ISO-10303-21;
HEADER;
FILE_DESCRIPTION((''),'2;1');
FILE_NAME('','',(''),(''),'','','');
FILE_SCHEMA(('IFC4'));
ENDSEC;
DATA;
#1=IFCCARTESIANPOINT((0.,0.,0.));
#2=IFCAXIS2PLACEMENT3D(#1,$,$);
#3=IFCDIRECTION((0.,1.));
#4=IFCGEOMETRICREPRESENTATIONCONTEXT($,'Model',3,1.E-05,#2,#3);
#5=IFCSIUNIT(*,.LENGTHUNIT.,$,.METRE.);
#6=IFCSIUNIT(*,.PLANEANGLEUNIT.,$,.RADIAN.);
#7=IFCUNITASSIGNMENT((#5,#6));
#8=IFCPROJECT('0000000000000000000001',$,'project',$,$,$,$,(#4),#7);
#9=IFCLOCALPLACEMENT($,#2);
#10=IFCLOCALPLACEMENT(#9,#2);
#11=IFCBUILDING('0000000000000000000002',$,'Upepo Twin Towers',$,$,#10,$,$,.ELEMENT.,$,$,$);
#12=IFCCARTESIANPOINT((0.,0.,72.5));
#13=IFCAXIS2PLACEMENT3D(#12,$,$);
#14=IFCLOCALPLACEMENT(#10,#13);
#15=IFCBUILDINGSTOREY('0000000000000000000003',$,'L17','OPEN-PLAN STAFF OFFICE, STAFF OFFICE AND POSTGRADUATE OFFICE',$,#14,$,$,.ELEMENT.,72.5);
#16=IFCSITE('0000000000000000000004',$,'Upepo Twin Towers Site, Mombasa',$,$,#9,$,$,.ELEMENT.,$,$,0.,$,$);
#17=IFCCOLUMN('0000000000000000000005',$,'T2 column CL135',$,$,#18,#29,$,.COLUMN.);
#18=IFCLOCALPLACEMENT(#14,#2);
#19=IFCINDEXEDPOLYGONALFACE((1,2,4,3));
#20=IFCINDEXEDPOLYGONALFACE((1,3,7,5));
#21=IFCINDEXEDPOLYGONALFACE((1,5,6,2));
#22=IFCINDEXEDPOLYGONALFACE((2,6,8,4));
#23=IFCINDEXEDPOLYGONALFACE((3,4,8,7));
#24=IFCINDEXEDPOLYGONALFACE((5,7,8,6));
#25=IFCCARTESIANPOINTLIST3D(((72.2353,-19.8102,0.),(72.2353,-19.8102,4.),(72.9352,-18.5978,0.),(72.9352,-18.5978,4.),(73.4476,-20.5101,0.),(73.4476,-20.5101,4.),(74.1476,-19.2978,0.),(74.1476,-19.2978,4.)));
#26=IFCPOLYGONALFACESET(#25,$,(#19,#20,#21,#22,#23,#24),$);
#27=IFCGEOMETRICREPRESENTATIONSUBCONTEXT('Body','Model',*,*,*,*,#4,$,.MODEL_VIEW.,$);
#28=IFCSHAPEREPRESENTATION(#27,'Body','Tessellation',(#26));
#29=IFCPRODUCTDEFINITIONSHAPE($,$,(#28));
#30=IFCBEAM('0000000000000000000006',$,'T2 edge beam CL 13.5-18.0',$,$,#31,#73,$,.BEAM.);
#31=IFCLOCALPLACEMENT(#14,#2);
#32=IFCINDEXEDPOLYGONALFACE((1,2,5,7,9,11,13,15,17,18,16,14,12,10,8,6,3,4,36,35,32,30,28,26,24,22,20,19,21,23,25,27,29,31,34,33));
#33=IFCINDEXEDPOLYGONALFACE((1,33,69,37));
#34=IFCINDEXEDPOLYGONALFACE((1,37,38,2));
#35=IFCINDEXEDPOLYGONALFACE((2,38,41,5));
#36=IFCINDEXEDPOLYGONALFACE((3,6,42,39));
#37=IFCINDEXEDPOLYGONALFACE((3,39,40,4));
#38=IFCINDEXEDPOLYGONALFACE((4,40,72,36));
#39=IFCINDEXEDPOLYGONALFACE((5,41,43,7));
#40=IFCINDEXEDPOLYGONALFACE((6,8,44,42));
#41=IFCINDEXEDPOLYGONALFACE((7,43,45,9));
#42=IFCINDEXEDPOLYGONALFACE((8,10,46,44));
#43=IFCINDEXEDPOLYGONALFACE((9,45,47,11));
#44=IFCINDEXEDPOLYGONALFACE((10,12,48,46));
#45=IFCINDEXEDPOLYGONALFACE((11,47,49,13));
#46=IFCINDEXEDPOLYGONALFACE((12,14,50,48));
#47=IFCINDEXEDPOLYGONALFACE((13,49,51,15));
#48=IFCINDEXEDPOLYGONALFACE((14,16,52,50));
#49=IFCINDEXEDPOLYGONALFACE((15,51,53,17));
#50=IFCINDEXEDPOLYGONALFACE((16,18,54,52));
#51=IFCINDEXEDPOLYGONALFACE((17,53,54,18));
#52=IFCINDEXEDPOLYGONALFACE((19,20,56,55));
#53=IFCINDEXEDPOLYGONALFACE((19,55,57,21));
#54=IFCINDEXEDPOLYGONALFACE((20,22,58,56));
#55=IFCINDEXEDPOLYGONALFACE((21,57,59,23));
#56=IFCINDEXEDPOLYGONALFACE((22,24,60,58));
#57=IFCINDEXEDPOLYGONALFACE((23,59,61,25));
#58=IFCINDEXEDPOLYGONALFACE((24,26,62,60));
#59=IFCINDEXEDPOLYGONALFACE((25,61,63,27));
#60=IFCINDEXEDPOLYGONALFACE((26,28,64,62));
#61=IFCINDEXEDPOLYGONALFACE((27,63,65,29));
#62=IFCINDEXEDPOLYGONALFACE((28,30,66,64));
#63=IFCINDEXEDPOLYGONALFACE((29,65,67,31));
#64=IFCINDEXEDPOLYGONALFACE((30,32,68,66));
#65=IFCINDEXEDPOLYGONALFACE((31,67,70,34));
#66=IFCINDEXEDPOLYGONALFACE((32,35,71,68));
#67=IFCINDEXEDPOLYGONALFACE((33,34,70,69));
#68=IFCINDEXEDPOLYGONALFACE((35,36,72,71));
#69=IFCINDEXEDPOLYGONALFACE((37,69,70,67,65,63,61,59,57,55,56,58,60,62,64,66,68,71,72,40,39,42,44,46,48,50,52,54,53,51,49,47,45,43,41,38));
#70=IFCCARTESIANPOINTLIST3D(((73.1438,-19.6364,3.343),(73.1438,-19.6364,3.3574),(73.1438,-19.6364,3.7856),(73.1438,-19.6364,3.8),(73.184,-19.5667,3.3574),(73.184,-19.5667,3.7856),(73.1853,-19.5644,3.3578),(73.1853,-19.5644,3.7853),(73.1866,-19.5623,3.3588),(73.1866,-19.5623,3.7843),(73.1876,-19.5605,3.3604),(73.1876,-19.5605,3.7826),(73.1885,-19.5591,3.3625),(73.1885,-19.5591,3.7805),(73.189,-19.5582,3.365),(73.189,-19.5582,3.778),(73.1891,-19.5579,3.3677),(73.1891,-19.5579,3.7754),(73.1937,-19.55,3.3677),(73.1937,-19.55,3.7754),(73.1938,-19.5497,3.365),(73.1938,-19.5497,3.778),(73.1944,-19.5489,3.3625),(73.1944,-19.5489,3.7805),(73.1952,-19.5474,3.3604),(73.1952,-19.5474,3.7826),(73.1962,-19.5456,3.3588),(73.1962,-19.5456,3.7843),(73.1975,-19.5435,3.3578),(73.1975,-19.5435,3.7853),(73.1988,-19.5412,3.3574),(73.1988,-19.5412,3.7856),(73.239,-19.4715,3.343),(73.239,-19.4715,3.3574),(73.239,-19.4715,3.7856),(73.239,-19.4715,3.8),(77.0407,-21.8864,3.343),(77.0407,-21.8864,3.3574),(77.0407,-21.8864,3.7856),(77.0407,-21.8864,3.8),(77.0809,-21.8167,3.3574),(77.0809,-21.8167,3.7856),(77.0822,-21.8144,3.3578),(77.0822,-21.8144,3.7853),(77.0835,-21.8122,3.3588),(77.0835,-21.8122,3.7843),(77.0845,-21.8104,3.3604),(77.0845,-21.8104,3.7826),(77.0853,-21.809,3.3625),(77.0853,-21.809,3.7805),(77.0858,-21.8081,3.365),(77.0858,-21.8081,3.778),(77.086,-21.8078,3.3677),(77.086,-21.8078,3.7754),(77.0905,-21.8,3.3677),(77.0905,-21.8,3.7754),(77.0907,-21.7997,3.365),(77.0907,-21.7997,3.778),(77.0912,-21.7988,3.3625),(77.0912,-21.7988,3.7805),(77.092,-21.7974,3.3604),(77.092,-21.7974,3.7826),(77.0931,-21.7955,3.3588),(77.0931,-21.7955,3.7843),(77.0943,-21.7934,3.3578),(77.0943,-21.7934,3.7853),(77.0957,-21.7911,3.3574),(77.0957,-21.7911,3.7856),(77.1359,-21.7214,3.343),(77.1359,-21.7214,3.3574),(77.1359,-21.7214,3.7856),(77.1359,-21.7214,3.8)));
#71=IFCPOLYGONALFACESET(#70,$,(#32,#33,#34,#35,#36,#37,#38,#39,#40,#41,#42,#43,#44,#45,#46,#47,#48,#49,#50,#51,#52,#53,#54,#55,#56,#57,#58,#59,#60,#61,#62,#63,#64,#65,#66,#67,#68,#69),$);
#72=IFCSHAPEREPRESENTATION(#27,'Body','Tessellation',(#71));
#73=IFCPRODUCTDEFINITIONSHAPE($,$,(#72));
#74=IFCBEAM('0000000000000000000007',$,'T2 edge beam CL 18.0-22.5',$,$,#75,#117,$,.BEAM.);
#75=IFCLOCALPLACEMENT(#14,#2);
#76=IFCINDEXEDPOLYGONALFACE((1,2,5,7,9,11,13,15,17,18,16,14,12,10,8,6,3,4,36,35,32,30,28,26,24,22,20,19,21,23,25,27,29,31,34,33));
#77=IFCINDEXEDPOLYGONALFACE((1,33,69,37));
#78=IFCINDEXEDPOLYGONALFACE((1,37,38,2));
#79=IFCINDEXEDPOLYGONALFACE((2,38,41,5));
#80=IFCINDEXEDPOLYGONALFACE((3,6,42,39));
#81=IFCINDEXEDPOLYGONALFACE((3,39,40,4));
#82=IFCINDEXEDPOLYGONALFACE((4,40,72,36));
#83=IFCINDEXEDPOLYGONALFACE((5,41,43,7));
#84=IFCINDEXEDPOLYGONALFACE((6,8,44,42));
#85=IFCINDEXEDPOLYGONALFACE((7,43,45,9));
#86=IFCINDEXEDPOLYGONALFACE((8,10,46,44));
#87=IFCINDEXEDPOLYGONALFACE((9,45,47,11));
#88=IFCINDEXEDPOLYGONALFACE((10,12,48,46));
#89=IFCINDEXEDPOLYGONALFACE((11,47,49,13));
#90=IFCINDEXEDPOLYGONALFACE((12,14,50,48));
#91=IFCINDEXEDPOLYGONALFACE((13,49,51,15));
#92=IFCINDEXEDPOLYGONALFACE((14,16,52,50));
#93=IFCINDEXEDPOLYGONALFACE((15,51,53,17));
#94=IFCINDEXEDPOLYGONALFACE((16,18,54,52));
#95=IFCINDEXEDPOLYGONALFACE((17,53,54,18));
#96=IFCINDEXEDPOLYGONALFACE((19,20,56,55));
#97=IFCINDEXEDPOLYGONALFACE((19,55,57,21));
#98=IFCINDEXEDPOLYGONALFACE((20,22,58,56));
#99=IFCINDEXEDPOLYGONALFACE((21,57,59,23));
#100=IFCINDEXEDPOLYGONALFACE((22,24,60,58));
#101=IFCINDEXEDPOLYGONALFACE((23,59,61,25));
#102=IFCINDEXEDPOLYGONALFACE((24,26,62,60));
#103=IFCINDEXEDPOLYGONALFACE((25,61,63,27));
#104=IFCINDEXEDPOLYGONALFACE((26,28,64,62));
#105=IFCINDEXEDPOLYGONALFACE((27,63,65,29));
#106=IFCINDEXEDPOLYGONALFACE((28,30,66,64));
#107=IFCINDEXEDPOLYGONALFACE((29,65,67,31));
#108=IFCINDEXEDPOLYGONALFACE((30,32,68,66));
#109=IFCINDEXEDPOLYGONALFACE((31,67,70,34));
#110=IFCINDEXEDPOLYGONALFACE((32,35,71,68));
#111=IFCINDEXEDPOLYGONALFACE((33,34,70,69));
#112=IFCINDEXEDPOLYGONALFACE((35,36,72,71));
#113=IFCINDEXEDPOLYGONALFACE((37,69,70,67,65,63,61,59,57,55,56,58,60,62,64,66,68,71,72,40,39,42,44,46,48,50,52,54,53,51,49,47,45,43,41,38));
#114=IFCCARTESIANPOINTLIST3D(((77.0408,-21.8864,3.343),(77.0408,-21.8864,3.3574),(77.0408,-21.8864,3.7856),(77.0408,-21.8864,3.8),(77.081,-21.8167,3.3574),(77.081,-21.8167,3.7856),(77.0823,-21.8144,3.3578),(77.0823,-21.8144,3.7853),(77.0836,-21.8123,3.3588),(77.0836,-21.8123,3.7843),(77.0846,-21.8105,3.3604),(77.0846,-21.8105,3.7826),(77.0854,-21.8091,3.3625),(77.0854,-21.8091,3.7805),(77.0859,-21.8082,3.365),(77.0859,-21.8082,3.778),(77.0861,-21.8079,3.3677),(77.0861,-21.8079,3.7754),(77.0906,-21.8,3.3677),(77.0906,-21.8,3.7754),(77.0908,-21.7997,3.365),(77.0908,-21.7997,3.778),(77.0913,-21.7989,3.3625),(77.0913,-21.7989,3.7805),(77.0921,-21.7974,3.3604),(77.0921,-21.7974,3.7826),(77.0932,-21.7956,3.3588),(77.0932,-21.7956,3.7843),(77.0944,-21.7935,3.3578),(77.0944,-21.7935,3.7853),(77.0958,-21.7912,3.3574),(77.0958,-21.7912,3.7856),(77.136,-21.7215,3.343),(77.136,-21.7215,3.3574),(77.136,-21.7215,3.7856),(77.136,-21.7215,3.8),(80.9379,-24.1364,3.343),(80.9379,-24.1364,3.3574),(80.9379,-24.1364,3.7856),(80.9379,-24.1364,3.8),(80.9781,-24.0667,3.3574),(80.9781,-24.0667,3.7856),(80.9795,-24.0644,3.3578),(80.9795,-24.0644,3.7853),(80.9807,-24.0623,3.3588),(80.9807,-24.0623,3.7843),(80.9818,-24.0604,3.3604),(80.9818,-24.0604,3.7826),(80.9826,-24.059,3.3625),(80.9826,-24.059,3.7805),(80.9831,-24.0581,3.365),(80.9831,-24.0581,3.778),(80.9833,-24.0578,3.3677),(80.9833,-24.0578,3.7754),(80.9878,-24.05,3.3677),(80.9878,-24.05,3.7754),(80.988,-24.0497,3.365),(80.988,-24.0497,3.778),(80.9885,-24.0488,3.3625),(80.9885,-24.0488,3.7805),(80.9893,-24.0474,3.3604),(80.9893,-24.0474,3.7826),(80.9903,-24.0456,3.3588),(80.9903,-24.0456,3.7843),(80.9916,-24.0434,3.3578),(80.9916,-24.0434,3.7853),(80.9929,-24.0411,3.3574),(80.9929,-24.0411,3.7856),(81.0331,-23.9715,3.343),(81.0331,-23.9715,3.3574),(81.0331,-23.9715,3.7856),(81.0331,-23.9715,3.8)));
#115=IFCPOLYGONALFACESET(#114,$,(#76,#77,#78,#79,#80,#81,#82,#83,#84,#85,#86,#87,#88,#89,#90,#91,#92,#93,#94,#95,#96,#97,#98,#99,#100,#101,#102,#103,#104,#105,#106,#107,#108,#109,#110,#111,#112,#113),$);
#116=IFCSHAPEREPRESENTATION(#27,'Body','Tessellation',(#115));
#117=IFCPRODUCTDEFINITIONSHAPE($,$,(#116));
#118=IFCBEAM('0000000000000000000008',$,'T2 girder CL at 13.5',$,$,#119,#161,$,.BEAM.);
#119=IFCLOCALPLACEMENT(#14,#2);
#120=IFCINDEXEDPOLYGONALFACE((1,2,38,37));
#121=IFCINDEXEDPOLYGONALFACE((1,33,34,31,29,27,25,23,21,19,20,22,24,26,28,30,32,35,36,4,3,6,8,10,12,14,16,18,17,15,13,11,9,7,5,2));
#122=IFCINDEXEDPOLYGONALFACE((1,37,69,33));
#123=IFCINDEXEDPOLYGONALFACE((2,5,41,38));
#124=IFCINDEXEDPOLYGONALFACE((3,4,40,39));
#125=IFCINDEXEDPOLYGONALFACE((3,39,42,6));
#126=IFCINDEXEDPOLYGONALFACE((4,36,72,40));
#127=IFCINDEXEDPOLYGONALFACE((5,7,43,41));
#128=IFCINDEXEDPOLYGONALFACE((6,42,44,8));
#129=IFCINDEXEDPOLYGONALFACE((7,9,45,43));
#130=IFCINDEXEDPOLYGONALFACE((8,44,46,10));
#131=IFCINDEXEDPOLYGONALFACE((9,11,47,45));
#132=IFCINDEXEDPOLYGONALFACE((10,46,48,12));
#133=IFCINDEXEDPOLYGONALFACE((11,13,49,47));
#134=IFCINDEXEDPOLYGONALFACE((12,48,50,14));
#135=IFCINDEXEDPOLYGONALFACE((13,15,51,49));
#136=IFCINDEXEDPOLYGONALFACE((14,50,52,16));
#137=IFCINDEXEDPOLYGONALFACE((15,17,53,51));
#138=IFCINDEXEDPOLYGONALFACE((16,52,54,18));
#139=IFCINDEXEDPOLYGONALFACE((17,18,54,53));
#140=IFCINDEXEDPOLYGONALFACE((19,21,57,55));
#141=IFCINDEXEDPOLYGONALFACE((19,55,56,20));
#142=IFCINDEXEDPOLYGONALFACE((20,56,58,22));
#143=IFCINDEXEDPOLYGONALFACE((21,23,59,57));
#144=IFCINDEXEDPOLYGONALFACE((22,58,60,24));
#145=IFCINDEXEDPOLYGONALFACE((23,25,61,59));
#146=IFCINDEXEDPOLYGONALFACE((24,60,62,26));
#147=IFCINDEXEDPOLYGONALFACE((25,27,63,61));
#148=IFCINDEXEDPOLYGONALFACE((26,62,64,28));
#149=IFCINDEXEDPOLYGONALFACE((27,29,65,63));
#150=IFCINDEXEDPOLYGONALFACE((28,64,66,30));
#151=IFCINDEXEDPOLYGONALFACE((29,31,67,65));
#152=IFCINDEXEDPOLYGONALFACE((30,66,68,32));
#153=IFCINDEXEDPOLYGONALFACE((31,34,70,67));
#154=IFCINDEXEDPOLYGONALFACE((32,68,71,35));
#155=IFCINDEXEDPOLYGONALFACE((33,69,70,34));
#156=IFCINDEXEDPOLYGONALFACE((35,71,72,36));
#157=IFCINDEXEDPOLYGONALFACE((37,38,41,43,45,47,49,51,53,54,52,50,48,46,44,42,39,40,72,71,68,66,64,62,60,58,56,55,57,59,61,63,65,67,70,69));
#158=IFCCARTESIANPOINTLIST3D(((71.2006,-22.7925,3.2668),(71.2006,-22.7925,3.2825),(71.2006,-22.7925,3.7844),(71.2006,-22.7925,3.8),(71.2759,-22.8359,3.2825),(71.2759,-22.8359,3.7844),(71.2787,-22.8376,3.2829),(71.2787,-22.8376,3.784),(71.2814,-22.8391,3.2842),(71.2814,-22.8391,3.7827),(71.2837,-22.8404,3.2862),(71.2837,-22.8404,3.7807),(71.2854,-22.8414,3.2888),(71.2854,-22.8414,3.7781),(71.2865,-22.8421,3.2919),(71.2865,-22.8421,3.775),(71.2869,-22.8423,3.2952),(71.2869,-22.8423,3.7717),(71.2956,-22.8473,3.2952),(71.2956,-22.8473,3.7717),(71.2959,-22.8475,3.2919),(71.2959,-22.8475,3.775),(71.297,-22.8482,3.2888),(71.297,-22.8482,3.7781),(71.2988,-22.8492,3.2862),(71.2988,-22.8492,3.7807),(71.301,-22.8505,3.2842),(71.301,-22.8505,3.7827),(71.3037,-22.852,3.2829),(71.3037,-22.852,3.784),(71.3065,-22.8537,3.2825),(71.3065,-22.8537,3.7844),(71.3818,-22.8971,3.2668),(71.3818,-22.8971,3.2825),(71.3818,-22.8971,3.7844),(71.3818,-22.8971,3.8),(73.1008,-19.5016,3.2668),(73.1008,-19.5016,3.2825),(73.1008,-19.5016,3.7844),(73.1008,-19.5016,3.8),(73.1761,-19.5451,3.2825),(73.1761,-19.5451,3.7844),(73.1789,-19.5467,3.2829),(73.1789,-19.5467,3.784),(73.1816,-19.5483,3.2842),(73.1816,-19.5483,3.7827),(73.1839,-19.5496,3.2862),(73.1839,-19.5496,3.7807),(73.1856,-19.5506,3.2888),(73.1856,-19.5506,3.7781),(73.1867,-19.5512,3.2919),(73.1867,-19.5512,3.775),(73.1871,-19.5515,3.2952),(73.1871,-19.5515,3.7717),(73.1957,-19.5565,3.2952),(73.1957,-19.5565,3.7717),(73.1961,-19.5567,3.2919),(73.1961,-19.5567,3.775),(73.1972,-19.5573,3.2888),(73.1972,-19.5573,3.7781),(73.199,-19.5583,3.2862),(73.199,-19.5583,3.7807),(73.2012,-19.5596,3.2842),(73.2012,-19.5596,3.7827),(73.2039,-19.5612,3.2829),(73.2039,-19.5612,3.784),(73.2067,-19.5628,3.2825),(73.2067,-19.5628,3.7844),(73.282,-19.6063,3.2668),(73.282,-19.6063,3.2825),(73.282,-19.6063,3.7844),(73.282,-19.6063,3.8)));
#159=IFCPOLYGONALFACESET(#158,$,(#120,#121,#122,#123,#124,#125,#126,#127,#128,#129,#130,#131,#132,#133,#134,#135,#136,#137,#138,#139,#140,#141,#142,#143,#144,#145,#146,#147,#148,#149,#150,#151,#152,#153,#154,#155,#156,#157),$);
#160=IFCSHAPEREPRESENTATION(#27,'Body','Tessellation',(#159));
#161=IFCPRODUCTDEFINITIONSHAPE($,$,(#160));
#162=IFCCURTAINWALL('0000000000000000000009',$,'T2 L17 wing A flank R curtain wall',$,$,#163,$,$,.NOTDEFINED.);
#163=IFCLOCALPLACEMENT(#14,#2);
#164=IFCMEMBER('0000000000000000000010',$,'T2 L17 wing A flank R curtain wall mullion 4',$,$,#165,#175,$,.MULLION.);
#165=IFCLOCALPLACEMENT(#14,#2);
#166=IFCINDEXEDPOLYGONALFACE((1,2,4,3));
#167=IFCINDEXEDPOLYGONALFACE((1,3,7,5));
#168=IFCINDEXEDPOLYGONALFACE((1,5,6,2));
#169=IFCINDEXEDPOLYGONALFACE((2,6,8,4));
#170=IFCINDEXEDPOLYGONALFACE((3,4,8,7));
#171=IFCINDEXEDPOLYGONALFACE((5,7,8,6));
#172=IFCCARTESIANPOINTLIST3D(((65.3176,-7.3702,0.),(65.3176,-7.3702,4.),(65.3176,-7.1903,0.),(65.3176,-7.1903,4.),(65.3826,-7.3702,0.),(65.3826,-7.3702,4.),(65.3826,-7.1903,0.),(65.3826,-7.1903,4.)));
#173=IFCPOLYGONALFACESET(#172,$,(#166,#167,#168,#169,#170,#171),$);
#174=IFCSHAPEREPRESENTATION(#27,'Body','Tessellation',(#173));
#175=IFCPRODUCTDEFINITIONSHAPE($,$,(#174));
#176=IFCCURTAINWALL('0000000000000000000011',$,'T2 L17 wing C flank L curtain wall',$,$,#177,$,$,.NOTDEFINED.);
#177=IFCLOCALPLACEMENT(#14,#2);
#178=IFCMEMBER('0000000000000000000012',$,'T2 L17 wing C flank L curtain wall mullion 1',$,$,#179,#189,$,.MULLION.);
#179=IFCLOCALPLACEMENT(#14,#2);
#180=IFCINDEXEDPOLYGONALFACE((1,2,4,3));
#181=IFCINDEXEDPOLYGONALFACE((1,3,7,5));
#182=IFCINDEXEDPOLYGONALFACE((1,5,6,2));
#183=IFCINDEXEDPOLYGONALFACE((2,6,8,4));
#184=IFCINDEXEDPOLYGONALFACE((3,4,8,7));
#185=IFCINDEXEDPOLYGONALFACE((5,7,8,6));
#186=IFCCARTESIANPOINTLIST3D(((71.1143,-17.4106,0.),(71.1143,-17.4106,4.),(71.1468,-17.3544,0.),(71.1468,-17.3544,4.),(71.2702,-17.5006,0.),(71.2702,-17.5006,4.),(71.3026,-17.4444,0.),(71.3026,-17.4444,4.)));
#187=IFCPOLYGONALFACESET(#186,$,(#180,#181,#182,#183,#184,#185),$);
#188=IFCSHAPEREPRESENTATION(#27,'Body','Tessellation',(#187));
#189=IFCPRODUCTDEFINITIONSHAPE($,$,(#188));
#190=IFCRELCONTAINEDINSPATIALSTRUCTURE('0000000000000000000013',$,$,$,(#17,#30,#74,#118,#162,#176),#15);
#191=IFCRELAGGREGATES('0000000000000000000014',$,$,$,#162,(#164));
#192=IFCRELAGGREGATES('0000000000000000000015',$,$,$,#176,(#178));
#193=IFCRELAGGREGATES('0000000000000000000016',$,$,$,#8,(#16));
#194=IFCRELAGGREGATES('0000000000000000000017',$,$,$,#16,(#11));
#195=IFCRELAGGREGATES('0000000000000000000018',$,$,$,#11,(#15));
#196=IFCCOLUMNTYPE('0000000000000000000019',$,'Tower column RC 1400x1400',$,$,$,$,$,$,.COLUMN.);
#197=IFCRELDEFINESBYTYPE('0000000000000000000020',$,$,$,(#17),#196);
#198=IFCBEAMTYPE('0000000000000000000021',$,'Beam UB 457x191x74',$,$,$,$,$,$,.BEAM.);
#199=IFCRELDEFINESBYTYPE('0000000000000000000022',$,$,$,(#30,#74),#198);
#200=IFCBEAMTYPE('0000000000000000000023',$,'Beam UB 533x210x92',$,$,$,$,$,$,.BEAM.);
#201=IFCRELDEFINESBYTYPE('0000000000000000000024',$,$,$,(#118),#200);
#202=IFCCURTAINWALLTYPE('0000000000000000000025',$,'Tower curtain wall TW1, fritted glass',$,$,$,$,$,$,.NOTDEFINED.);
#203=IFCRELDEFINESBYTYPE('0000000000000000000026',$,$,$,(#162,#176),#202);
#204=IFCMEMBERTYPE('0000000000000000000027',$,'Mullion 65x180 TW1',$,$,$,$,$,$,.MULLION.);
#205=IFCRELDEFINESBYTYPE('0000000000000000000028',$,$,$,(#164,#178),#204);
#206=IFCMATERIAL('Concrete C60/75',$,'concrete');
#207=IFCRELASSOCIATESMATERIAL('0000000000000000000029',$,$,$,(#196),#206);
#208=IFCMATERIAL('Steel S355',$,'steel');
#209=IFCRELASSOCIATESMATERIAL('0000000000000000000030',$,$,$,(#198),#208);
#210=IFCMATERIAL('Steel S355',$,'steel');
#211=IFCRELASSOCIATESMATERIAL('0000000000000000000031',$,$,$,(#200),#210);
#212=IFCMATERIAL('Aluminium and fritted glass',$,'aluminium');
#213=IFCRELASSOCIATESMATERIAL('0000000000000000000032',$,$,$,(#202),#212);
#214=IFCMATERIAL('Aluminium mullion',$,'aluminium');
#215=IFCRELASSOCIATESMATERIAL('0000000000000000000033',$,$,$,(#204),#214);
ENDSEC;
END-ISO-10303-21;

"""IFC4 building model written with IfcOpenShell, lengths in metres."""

from ifc_helpers import new_model, si_unit, direction, frame, origin, origin_2d, place, context, subcontext, project, spatial, rectangle, i_section, extrude, material, material_profile, profile_set, type_object, element, aggregate, save


model = new_model("IFC4")

# Units and contexts
model_context = context("Model", 3, precision=1e-05, world=origin(), true_north=direction((0.0, 1.0)))
body_context = subcontext(model_context, "Body", "Model", "MODEL_VIEW")
ifc_project = project(units=[si_unit("LENGTHUNIT", "METRE"), si_unit("PLANEANGLEUNIT", "RADIAN")], contexts=[model_context])

# Site, building, storey
site_placement = place(None, origin())
site = spatial("IfcSite", under=ifc_project, at=site_placement, Name="Upepo Twin Towers Site, Mombasa", CompositionType="ELEMENT", RefElevation=0.0)
building_placement = place(site_placement, origin())
building = spatial("IfcBuilding", under=site, at=building_placement, Name="Upepo Twin Towers", CompositionType="ELEMENT")
storey_placement = place(building_placement, frame((0.0, 0.0, 72.5)))
storey = spatial("IfcBuildingStorey", under=building, at=storey_placement, Name="L17", Description="OPEN-PLAN STAFF OFFICE, STAFF OFFICE AND POSTGRADUATE OFFICE", CompositionType="ELEMENT", Elevation=72.5)

# Column
ifc_material_1 = material(Name="Concrete C60/75", Category="concrete")
ifc_material_profile_1 = material_profile(ifc_material_1, rectangle(XDim=1.3999, YDim=1.3999, at=origin_2d()), Name="RC 1400x1400")
ifc_profile_set_1 = profile_set([ifc_material_profile_1], Name="Concrete C60/75")
column_type = type_object("IfcColumnType", Name="Tower column RC 1400x1400", PredefinedType="COLUMN", material=ifc_profile_set_1)
column_placement = place(storey_placement, frame((73.1914, -19.554, 0.0), z_axis=(0.0, 0.0, 1.0), x_axis=(0.5, 0.866025, 0.0)))
element("IfcColumn", 1, at=column_placement, inside=storey, type_object=column_type, Name="T2 column CL135", PredefinedType="COLUMN", context=body_context, shape_type="SweptSolid", body=[
    extrude(rectangle(XDim=1.3999, YDim=1.3999, at=origin_2d()), origin(), (0.0, 0.0, 1.0), 4.0),
])

# Beams
ifc_material_2 = material(Name="Steel S355", Category="steel")
ifc_material_profile_2 = material_profile(ifc_material_2, i_section(OverallWidth=0.1904, OverallDepth=0.457, WebThickness=0.009, FlangeThickness=0.0144, FilletRadius=0.0103, at=origin_2d()), Name="UB 457x191x74")
ifc_profile_set_2 = profile_set([ifc_material_profile_2], Name="Steel S355")
beam_type_1 = type_object("IfcBeamType", Name="Beam UB 457x191x74", PredefinedType="BEAM", material=ifc_profile_set_2)
beam_1_placement = place(storey_placement, frame((73.1914, -19.554, 3.5715), z_axis=(0.866018, -0.500014, 0.0), x_axis=(0.500014, 0.866018, 0.0)))
element("IfcBeam", 2, at=beam_1_placement, inside=storey, type_object=beam_type_1, Name="T2 edge beam CL 13.5-18.0", PredefinedType="BEAM", context=body_context, shape_type="SweptSolid", body=[
    extrude(i_section(OverallWidth=0.1904, OverallDepth=0.457, WebThickness=0.009, FlangeThickness=0.0144, FilletRadius=0.0103, at=origin_2d()), origin(), (0.0, 0.0, 1.0), 4.4998),
])
beam_2_placement = place(storey_placement, frame((77.0884, -21.804, 3.5715), z_axis=(0.866031, -0.49999, 0.0), x_axis=(0.49999, 0.866031, 0.0)))
element("IfcBeam", 3, at=beam_2_placement, inside=storey, type_object=beam_type_1, Name="T2 edge beam CL 18.0-22.5", PredefinedType="BEAM", context=body_context, shape_type="SweptSolid", body=[
    extrude(i_section(OverallWidth=0.1904, OverallDepth=0.457, WebThickness=0.009, FlangeThickness=0.0144, FilletRadius=0.0103, at=origin_2d()), origin(), (0.0, 0.0, 1.0), 4.5),
])
ifc_material_3 = material(Name="Steel S355", Category="steel")
ifc_material_profile_3 = material_profile(ifc_material_3, i_section(OverallWidth=0.2092, OverallDepth=0.5332, WebThickness=0.01, FlangeThickness=0.0156, FilletRadius=0.0127, at=origin_2d()), Name="UB 533x210x92")
ifc_profile_set_3 = profile_set([ifc_material_profile_3], Name="Steel S355")
beam_type_2 = type_object("IfcBeamType", Name="Beam UB 533x210x92", PredefinedType="BEAM", material=ifc_profile_set_3)
beam_3_placement = place(storey_placement, frame((73.1914, -19.554, 3.5334), z_axis=(-0.500043, -0.866, 0.0), x_axis=(0.866, -0.500043, 0.0)))
element("IfcBeam", 4, at=beam_3_placement, inside=storey, type_object=beam_type_2, Name="T2 girder CL at 13.5", PredefinedType="BEAM", context=body_context, shape_type="SweptSolid", body=[
    extrude(i_section(OverallWidth=0.2092, OverallDepth=0.5332, WebThickness=0.01, FlangeThickness=0.0156, FilletRadius=0.0127, at=origin_2d()), origin(), (0.0, 0.0, 1.0), 3.8),
])

# Curtain wall, member
ifc_material_4 = material(Name="Aluminium and fritted glass", Category="aluminium")
curtain_wall_type = type_object("IfcCurtainWallType", Name="Tower curtain wall TW1, fritted glass", PredefinedType="NOTDEFINED", material=ifc_material_4)
curtain_wall_1_placement = place(storey_placement, origin())
curtain_wall_1 = element("IfcCurtainWall", 5, at=curtain_wall_1_placement, inside=storey, type_object=curtain_wall_type, Name="T2 L17 wing A flank R curtain wall", PredefinedType="NOTDEFINED")
ifc_material_5 = material(Name="Aluminium mullion", Category="aluminium")
ifc_material_profile_4 = material_profile(ifc_material_5, rectangle(XDim=0.0649, YDim=0.1799, at=origin_2d()), Name="MULLION 65x180")
ifc_profile_set_4 = profile_set([ifc_material_profile_4], Name="Aluminium mullion")
member_type_1 = type_object("IfcMemberType", Name="Mullion 65x180 TW1", PredefinedType="MULLION", material=ifc_profile_set_4)
member_1_placement = place(storey_placement, frame((65.3501, -7.2803, 0.0), z_axis=(0.0, 0.0, 1.0), x_axis=(1.0, 0.0, 0.0)))
member_1 = element("IfcMember", 6, at=member_1_placement, type_object=member_type_1, Name="T2 L17 wing A flank R curtain wall mullion 4", PredefinedType="MULLION", context=body_context, shape_type="SweptSolid", body=[
    extrude(rectangle(XDim=0.0649, YDim=0.1799, at=origin_2d()), origin(), (0.0, 0.0, 1.0), 4.0),
])

# Curtain wall, member
curtain_wall_2_placement = place(storey_placement, origin())
curtain_wall_2 = element("IfcCurtainWall", 7, at=curtain_wall_2_placement, inside=storey, type_object=curtain_wall_type, Name="T2 L17 wing C flank L curtain wall", PredefinedType="NOTDEFINED")
member_2_placement = place(storey_placement, frame((71.2085, -17.4275, 0.0), z_axis=(0.0, 0.0, 1.0), x_axis=(0.5, 0.866025, 0.0)))
member_2 = element("IfcMember", 8, at=member_2_placement, type_object=member_type_1, Name="T2 L17 wing C flank L curtain wall mullion 1", PredefinedType="MULLION", context=body_context, shape_type="SweptSolid", body=[
    extrude(rectangle(XDim=0.0649, YDim=0.1799, at=origin_2d()), origin(), (0.0, 0.0, 1.0), 4.0),
])

aggregate(curtain_wall_1, [member_1])
aggregate(curtain_wall_2, [member_2])

save(model, "model.ifc")
